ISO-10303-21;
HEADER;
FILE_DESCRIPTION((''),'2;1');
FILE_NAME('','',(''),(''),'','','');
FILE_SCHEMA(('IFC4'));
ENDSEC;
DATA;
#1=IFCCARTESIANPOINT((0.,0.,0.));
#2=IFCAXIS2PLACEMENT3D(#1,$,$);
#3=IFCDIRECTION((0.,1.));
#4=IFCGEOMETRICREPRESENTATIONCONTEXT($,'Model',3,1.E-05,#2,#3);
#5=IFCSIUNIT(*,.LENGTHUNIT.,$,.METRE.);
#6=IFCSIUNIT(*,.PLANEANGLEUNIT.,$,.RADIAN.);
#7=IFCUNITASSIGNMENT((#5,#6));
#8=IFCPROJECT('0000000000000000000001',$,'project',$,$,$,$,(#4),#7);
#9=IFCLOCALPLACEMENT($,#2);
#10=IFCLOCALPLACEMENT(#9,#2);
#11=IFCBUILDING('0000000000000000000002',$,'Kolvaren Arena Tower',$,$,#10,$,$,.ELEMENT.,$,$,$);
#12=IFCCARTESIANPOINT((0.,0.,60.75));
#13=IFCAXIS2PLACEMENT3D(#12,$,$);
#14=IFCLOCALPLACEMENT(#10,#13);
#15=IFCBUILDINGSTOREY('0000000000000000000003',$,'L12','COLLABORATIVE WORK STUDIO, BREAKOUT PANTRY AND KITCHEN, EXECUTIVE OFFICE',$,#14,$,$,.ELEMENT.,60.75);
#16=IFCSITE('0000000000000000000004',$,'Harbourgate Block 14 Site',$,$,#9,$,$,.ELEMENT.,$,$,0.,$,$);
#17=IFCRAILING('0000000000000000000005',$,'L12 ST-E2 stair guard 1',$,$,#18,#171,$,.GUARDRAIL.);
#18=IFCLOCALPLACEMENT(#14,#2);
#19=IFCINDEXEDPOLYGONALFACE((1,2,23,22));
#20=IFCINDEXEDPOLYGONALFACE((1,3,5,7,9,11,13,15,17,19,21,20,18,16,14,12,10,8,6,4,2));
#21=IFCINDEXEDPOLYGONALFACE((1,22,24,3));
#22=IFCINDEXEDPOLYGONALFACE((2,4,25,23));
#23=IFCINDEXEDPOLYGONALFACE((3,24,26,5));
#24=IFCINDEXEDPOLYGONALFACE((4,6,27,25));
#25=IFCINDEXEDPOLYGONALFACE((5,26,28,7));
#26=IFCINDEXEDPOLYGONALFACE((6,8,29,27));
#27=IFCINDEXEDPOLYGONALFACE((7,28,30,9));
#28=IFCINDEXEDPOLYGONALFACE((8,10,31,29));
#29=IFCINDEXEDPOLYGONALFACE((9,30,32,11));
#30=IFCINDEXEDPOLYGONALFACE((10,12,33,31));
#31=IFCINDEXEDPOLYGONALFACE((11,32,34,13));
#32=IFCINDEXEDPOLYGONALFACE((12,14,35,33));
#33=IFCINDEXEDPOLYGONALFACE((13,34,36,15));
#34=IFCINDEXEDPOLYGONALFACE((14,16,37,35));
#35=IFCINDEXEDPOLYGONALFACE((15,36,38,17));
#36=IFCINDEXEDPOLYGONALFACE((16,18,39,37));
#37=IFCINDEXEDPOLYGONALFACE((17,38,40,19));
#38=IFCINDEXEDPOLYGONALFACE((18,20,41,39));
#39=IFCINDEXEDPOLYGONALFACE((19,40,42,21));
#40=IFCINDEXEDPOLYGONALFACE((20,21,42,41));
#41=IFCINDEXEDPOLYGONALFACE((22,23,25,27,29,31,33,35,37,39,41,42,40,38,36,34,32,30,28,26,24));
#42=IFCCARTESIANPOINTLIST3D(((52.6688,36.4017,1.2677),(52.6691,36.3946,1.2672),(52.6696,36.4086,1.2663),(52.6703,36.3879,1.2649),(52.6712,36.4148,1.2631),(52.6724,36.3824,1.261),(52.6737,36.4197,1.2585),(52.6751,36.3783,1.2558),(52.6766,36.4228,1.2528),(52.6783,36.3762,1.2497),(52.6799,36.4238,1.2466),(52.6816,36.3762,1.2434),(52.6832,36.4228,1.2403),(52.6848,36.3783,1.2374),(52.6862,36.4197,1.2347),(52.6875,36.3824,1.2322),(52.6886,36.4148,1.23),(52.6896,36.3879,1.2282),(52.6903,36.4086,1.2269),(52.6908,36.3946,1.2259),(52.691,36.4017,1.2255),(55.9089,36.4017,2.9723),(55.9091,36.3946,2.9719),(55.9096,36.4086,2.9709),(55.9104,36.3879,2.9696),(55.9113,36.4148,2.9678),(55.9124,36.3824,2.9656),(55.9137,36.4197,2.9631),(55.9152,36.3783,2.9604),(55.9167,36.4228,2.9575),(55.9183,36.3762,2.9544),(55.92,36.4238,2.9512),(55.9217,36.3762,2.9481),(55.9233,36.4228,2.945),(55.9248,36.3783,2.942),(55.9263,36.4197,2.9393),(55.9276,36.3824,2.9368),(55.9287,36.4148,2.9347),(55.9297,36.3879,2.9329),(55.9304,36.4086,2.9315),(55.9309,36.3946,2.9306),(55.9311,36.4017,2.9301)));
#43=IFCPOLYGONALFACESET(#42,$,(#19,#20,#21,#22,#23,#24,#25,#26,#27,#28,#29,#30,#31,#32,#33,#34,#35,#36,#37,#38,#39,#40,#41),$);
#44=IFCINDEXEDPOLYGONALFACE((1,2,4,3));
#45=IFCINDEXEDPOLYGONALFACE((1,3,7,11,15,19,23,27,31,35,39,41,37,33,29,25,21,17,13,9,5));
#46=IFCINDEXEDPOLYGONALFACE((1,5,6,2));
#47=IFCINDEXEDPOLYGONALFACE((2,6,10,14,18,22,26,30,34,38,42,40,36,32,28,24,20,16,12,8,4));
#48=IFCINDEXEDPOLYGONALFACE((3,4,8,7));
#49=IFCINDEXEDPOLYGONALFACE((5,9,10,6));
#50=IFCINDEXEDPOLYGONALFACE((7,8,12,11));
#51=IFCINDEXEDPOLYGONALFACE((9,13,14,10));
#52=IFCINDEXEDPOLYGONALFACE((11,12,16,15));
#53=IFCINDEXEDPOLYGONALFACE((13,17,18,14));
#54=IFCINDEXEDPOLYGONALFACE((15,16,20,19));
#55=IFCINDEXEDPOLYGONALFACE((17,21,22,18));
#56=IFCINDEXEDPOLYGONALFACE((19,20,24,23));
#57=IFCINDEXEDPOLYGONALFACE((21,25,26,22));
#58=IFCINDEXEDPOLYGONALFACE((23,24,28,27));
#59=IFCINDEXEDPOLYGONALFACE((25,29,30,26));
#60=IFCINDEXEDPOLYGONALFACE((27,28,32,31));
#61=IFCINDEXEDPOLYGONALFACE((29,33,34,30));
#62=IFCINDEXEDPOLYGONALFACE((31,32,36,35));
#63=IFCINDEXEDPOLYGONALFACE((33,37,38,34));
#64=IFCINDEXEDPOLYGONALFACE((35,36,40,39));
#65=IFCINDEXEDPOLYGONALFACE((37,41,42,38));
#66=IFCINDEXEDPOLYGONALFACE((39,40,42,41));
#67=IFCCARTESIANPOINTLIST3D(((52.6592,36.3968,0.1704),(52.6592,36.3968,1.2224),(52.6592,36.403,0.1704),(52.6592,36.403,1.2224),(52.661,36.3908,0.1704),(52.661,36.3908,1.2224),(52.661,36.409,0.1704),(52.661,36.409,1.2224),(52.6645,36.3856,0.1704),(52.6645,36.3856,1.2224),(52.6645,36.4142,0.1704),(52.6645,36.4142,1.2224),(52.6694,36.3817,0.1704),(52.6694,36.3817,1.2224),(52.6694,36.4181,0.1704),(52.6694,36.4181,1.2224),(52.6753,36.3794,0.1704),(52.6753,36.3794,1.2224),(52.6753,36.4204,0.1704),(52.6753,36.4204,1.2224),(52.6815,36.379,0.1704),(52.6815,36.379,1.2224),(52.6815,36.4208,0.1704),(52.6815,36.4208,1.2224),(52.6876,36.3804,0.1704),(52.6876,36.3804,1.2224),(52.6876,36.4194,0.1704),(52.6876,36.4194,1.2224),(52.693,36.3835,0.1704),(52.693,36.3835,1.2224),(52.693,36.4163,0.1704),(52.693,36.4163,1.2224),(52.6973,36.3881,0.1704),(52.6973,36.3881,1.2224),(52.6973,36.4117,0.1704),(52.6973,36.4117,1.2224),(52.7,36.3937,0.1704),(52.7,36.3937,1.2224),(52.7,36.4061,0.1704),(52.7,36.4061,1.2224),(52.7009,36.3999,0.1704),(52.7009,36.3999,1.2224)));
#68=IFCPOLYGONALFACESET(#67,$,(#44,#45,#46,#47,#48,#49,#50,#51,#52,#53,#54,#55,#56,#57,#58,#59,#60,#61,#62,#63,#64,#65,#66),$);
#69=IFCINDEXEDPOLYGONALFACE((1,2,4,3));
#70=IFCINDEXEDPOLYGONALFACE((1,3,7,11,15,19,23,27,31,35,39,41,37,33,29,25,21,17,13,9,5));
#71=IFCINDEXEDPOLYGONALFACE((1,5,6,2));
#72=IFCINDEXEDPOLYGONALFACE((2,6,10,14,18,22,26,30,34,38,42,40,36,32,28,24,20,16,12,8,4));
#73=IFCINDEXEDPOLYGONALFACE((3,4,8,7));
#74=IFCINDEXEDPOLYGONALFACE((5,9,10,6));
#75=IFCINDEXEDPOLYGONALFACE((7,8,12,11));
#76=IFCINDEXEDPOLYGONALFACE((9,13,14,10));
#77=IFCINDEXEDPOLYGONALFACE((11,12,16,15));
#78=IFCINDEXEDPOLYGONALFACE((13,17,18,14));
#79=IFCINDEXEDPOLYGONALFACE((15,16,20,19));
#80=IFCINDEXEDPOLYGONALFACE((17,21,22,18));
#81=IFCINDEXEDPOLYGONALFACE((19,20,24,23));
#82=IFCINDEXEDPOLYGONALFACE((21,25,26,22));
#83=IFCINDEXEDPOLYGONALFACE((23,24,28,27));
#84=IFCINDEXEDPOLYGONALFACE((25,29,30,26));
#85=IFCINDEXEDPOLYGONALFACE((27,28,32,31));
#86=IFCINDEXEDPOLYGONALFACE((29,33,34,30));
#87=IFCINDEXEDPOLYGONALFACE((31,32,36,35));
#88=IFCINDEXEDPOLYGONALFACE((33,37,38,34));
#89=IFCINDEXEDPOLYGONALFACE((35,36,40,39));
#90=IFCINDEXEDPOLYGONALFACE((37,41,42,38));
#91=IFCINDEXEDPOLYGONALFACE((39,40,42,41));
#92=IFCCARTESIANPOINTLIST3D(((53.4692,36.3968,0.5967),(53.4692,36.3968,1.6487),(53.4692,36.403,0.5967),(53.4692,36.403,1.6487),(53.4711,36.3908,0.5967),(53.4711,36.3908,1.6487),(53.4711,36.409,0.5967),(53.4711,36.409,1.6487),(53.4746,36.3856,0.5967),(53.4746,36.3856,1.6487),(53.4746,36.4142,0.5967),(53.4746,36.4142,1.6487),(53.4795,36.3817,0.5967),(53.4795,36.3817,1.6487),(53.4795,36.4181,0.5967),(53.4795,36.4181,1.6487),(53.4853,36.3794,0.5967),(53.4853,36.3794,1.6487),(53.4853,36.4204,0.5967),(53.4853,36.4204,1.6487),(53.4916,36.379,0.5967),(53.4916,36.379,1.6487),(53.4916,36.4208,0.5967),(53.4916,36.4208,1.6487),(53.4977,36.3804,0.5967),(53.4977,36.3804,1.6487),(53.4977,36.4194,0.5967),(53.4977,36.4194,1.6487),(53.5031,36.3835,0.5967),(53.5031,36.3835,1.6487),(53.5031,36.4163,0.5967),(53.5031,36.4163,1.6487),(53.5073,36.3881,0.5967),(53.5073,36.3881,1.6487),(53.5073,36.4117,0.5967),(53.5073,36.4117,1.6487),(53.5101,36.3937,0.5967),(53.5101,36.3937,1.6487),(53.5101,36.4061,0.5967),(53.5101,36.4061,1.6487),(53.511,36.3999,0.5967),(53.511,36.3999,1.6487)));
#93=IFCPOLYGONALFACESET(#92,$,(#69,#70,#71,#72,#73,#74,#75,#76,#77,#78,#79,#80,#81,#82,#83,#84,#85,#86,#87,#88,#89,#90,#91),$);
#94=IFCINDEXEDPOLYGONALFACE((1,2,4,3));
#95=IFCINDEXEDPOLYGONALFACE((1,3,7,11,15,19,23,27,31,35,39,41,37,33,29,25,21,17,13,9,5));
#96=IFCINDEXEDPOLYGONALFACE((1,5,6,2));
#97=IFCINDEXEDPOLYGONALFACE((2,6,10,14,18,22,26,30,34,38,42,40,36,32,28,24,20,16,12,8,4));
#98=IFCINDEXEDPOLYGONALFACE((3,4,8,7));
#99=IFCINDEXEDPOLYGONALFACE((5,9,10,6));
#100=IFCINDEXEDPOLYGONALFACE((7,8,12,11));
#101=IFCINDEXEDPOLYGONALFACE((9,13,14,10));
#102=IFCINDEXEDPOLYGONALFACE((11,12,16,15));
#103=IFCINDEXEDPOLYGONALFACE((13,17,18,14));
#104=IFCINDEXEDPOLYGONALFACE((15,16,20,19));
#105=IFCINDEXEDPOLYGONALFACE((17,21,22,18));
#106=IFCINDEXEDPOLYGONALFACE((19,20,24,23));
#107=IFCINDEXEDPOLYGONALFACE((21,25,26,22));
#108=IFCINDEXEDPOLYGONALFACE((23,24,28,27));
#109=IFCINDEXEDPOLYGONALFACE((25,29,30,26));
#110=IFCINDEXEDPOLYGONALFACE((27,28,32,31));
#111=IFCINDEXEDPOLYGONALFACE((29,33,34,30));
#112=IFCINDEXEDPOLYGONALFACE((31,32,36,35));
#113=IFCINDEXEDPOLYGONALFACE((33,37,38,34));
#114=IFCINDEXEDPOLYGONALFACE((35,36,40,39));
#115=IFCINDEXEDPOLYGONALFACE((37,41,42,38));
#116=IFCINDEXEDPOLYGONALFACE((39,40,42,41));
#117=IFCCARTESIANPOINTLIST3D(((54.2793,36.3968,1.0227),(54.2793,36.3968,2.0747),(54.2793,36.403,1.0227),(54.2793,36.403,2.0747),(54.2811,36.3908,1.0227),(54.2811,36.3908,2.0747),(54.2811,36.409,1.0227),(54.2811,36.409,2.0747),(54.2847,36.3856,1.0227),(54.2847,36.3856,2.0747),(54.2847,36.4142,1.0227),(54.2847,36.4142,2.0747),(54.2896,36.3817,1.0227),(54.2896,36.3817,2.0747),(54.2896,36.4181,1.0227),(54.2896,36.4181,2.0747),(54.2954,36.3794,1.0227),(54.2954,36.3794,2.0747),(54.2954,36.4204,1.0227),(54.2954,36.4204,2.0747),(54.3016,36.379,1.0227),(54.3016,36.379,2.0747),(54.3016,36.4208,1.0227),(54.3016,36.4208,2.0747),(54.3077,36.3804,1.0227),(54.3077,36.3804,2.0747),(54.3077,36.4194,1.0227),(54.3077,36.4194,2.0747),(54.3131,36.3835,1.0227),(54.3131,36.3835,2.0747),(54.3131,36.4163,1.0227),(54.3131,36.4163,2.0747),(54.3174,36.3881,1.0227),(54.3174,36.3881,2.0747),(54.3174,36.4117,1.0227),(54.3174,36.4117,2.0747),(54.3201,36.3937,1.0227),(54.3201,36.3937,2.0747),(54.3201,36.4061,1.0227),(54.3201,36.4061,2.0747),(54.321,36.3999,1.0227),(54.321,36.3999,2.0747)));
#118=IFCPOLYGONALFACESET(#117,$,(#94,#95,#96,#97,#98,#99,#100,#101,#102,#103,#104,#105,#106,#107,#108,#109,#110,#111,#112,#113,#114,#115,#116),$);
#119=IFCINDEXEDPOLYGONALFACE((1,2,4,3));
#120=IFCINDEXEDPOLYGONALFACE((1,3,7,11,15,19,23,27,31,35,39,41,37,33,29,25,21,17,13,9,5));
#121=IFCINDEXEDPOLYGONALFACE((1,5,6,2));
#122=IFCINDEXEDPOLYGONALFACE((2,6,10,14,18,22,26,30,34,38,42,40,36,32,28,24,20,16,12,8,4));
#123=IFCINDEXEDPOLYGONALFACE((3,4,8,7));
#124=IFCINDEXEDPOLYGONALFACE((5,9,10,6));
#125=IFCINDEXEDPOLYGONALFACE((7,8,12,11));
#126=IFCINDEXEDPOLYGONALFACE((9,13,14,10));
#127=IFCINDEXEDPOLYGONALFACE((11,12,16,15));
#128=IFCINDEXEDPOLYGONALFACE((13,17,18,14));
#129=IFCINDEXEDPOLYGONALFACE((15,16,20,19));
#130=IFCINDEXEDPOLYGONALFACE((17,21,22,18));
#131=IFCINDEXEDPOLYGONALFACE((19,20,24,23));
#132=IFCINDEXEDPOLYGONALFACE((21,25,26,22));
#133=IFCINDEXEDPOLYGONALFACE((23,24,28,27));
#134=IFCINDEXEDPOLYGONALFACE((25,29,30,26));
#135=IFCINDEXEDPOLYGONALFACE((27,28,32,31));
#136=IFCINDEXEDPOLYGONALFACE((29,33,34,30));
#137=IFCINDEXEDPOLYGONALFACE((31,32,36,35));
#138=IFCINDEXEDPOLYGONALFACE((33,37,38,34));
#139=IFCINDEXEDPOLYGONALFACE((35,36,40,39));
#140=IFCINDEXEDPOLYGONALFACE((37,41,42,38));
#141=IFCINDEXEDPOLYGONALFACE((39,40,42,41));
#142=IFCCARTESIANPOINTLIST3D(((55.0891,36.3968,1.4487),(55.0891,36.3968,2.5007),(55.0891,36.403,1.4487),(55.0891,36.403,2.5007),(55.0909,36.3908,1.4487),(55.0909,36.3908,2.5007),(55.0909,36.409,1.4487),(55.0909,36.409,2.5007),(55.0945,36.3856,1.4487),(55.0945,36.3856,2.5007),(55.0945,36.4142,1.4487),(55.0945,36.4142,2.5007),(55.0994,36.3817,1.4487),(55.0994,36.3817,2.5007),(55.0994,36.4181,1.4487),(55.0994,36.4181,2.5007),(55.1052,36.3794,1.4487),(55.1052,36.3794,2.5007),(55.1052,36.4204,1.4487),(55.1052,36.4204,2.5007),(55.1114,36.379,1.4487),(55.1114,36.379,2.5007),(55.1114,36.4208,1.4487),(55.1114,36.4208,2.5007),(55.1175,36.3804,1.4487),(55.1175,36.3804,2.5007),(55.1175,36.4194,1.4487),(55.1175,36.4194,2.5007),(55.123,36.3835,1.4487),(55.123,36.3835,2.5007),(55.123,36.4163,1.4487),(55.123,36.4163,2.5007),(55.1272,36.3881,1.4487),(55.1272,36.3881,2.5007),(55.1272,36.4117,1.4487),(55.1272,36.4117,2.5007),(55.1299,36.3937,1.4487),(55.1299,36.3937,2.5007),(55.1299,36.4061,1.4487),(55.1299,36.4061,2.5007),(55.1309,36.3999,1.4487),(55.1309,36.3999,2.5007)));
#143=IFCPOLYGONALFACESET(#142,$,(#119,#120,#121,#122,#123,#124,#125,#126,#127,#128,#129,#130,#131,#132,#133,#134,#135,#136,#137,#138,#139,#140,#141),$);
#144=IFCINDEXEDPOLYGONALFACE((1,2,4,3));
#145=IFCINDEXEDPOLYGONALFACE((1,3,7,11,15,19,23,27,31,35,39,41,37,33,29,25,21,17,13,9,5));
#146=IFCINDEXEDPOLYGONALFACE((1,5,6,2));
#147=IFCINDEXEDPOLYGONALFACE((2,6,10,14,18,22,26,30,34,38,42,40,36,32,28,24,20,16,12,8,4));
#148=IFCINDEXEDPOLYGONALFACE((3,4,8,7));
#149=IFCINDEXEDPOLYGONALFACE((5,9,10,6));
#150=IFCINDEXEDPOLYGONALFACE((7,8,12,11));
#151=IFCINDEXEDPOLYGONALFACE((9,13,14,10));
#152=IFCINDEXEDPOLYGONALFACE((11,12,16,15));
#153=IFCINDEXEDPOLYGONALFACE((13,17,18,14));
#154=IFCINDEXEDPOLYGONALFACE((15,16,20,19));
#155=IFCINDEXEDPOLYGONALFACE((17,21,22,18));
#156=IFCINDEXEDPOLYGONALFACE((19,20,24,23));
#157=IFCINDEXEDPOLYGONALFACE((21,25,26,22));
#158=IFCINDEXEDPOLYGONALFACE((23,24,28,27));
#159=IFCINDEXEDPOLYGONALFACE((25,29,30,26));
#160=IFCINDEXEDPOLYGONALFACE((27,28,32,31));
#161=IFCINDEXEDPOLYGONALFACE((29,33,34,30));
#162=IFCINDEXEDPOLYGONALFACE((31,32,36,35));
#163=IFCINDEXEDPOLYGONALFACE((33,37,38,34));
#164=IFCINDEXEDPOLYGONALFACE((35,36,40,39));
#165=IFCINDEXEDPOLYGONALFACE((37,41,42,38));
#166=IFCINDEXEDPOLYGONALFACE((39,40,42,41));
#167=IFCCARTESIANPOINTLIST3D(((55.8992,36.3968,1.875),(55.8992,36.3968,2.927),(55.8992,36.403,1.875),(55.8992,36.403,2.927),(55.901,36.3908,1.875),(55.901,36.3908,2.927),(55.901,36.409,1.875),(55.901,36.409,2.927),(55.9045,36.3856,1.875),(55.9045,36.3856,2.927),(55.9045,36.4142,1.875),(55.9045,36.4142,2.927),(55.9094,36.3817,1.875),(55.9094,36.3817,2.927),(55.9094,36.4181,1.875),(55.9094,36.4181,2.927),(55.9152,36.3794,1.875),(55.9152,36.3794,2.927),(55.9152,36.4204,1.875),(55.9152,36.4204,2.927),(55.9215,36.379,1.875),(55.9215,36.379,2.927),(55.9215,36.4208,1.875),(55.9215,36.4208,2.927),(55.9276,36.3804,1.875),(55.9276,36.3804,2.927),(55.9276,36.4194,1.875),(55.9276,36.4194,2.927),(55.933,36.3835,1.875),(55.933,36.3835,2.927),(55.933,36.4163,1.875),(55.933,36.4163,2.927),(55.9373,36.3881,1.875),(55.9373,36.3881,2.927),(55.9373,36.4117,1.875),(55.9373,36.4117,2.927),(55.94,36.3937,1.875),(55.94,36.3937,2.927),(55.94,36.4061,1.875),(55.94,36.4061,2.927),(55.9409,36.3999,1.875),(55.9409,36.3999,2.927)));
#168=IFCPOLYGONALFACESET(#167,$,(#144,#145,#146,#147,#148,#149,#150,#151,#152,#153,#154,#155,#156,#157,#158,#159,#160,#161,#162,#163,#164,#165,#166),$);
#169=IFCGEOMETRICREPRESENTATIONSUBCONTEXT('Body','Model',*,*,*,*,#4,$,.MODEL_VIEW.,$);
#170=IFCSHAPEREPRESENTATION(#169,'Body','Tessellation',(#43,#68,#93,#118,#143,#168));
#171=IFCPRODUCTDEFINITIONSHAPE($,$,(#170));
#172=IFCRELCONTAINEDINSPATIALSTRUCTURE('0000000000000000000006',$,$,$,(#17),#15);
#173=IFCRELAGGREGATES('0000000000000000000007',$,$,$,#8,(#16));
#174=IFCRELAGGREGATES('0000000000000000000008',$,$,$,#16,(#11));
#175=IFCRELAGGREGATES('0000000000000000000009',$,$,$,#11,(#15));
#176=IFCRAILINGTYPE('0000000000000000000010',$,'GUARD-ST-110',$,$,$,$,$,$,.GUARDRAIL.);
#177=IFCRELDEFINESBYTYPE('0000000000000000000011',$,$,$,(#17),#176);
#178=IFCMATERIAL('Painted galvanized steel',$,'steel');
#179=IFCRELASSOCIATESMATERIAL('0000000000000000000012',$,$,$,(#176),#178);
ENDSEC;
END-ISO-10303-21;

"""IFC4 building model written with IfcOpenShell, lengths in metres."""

from ifc_helpers import new_model, si_unit, direction, frame, origin, origin_2d, place, context, subcontext, project, spatial, circle, extrude, material, type_object, element, save


model = new_model("IFC4")

# Units and contexts
model_context = context("Model", 3, precision=1e-05, world=origin(), true_north=direction((0.0, 1.0)))
body_context = subcontext(model_context, "Body", "Model", "MODEL_VIEW")
ifc_project = project(units=[si_unit("LENGTHUNIT", "METRE"), si_unit("PLANEANGLEUNIT", "RADIAN")], contexts=[model_context])

# Site, building, storey
site_placement = place(None, origin())
site = spatial("IfcSite", under=ifc_project, at=site_placement, Name="Harbourgate Block 14 Site", CompositionType="ELEMENT", RefElevation=0.0)
building_placement = place(site_placement, origin())
building = spatial("IfcBuilding", under=site, at=building_placement, Name="Kolvaren Arena Tower", CompositionType="ELEMENT")
storey_placement = place(building_placement, frame((0.0, 0.0, 60.75)))
storey = spatial("IfcBuildingStorey", under=building, at=storey_placement, Name="L12", Description="COLLABORATIVE WORK STUDIO, BREAKOUT PANTRY AND KITCHEN, EXECUTIVE OFFICE", CompositionType="ELEMENT", Elevation=60.75)

# Railing
ifc_material_1 = material(Name="Painted galvanized steel", Category="steel")
railing_type_1 = type_object("IfcRailingType", Name="GUARD-ST-110", PredefinedType="GUARDRAIL", material=ifc_material_1)
railing_1_placement = place(storey_placement, frame((52.6799, 36.3999, 0.1704)))
element("IfcRailing", 1, at=railing_1_placement, inside=storey, type_object=railing_type_1, Name="L12 ST-E2 stair guard 1", PredefinedType="GUARDRAIL", context=body_context, shape_type="SweptSolid", body=[
    extrude(circle(Radius=0.0239, at=origin_2d()), frame((0.0, 0.0, 1.0762), z_axis=(0.884993, 0.0, 0.465604), x_axis=(0.0, 1.0, 0.0)), (0.0, 0.0, 1.0), 3.6611),
    extrude(circle(Radius=0.021, at=origin_2d()), origin(), (0.0, 0.0, 1.0), 1.052),
    extrude(circle(Radius=0.021, at=origin_2d()), frame((0.8101, 0.0, 0.4263)), (0.0, 0.0, 1.0), 1.052),
    extrude(circle(Radius=0.021, at=origin_2d()), frame((1.6201, 0.0, 0.8523)), (0.0, 0.0, 1.0), 1.052),
    extrude(circle(Radius=0.021, at=origin_2d()), frame((2.4299, 0.0, 1.2783)), (0.0, 0.0, 1.0), 1.052),
    extrude(circle(Radius=0.021, at=origin_2d()), frame((3.24, 0.0, 1.7046)), (0.0, 0.0, 1.0), 1.052),
])

save(model, "model.ifc")
